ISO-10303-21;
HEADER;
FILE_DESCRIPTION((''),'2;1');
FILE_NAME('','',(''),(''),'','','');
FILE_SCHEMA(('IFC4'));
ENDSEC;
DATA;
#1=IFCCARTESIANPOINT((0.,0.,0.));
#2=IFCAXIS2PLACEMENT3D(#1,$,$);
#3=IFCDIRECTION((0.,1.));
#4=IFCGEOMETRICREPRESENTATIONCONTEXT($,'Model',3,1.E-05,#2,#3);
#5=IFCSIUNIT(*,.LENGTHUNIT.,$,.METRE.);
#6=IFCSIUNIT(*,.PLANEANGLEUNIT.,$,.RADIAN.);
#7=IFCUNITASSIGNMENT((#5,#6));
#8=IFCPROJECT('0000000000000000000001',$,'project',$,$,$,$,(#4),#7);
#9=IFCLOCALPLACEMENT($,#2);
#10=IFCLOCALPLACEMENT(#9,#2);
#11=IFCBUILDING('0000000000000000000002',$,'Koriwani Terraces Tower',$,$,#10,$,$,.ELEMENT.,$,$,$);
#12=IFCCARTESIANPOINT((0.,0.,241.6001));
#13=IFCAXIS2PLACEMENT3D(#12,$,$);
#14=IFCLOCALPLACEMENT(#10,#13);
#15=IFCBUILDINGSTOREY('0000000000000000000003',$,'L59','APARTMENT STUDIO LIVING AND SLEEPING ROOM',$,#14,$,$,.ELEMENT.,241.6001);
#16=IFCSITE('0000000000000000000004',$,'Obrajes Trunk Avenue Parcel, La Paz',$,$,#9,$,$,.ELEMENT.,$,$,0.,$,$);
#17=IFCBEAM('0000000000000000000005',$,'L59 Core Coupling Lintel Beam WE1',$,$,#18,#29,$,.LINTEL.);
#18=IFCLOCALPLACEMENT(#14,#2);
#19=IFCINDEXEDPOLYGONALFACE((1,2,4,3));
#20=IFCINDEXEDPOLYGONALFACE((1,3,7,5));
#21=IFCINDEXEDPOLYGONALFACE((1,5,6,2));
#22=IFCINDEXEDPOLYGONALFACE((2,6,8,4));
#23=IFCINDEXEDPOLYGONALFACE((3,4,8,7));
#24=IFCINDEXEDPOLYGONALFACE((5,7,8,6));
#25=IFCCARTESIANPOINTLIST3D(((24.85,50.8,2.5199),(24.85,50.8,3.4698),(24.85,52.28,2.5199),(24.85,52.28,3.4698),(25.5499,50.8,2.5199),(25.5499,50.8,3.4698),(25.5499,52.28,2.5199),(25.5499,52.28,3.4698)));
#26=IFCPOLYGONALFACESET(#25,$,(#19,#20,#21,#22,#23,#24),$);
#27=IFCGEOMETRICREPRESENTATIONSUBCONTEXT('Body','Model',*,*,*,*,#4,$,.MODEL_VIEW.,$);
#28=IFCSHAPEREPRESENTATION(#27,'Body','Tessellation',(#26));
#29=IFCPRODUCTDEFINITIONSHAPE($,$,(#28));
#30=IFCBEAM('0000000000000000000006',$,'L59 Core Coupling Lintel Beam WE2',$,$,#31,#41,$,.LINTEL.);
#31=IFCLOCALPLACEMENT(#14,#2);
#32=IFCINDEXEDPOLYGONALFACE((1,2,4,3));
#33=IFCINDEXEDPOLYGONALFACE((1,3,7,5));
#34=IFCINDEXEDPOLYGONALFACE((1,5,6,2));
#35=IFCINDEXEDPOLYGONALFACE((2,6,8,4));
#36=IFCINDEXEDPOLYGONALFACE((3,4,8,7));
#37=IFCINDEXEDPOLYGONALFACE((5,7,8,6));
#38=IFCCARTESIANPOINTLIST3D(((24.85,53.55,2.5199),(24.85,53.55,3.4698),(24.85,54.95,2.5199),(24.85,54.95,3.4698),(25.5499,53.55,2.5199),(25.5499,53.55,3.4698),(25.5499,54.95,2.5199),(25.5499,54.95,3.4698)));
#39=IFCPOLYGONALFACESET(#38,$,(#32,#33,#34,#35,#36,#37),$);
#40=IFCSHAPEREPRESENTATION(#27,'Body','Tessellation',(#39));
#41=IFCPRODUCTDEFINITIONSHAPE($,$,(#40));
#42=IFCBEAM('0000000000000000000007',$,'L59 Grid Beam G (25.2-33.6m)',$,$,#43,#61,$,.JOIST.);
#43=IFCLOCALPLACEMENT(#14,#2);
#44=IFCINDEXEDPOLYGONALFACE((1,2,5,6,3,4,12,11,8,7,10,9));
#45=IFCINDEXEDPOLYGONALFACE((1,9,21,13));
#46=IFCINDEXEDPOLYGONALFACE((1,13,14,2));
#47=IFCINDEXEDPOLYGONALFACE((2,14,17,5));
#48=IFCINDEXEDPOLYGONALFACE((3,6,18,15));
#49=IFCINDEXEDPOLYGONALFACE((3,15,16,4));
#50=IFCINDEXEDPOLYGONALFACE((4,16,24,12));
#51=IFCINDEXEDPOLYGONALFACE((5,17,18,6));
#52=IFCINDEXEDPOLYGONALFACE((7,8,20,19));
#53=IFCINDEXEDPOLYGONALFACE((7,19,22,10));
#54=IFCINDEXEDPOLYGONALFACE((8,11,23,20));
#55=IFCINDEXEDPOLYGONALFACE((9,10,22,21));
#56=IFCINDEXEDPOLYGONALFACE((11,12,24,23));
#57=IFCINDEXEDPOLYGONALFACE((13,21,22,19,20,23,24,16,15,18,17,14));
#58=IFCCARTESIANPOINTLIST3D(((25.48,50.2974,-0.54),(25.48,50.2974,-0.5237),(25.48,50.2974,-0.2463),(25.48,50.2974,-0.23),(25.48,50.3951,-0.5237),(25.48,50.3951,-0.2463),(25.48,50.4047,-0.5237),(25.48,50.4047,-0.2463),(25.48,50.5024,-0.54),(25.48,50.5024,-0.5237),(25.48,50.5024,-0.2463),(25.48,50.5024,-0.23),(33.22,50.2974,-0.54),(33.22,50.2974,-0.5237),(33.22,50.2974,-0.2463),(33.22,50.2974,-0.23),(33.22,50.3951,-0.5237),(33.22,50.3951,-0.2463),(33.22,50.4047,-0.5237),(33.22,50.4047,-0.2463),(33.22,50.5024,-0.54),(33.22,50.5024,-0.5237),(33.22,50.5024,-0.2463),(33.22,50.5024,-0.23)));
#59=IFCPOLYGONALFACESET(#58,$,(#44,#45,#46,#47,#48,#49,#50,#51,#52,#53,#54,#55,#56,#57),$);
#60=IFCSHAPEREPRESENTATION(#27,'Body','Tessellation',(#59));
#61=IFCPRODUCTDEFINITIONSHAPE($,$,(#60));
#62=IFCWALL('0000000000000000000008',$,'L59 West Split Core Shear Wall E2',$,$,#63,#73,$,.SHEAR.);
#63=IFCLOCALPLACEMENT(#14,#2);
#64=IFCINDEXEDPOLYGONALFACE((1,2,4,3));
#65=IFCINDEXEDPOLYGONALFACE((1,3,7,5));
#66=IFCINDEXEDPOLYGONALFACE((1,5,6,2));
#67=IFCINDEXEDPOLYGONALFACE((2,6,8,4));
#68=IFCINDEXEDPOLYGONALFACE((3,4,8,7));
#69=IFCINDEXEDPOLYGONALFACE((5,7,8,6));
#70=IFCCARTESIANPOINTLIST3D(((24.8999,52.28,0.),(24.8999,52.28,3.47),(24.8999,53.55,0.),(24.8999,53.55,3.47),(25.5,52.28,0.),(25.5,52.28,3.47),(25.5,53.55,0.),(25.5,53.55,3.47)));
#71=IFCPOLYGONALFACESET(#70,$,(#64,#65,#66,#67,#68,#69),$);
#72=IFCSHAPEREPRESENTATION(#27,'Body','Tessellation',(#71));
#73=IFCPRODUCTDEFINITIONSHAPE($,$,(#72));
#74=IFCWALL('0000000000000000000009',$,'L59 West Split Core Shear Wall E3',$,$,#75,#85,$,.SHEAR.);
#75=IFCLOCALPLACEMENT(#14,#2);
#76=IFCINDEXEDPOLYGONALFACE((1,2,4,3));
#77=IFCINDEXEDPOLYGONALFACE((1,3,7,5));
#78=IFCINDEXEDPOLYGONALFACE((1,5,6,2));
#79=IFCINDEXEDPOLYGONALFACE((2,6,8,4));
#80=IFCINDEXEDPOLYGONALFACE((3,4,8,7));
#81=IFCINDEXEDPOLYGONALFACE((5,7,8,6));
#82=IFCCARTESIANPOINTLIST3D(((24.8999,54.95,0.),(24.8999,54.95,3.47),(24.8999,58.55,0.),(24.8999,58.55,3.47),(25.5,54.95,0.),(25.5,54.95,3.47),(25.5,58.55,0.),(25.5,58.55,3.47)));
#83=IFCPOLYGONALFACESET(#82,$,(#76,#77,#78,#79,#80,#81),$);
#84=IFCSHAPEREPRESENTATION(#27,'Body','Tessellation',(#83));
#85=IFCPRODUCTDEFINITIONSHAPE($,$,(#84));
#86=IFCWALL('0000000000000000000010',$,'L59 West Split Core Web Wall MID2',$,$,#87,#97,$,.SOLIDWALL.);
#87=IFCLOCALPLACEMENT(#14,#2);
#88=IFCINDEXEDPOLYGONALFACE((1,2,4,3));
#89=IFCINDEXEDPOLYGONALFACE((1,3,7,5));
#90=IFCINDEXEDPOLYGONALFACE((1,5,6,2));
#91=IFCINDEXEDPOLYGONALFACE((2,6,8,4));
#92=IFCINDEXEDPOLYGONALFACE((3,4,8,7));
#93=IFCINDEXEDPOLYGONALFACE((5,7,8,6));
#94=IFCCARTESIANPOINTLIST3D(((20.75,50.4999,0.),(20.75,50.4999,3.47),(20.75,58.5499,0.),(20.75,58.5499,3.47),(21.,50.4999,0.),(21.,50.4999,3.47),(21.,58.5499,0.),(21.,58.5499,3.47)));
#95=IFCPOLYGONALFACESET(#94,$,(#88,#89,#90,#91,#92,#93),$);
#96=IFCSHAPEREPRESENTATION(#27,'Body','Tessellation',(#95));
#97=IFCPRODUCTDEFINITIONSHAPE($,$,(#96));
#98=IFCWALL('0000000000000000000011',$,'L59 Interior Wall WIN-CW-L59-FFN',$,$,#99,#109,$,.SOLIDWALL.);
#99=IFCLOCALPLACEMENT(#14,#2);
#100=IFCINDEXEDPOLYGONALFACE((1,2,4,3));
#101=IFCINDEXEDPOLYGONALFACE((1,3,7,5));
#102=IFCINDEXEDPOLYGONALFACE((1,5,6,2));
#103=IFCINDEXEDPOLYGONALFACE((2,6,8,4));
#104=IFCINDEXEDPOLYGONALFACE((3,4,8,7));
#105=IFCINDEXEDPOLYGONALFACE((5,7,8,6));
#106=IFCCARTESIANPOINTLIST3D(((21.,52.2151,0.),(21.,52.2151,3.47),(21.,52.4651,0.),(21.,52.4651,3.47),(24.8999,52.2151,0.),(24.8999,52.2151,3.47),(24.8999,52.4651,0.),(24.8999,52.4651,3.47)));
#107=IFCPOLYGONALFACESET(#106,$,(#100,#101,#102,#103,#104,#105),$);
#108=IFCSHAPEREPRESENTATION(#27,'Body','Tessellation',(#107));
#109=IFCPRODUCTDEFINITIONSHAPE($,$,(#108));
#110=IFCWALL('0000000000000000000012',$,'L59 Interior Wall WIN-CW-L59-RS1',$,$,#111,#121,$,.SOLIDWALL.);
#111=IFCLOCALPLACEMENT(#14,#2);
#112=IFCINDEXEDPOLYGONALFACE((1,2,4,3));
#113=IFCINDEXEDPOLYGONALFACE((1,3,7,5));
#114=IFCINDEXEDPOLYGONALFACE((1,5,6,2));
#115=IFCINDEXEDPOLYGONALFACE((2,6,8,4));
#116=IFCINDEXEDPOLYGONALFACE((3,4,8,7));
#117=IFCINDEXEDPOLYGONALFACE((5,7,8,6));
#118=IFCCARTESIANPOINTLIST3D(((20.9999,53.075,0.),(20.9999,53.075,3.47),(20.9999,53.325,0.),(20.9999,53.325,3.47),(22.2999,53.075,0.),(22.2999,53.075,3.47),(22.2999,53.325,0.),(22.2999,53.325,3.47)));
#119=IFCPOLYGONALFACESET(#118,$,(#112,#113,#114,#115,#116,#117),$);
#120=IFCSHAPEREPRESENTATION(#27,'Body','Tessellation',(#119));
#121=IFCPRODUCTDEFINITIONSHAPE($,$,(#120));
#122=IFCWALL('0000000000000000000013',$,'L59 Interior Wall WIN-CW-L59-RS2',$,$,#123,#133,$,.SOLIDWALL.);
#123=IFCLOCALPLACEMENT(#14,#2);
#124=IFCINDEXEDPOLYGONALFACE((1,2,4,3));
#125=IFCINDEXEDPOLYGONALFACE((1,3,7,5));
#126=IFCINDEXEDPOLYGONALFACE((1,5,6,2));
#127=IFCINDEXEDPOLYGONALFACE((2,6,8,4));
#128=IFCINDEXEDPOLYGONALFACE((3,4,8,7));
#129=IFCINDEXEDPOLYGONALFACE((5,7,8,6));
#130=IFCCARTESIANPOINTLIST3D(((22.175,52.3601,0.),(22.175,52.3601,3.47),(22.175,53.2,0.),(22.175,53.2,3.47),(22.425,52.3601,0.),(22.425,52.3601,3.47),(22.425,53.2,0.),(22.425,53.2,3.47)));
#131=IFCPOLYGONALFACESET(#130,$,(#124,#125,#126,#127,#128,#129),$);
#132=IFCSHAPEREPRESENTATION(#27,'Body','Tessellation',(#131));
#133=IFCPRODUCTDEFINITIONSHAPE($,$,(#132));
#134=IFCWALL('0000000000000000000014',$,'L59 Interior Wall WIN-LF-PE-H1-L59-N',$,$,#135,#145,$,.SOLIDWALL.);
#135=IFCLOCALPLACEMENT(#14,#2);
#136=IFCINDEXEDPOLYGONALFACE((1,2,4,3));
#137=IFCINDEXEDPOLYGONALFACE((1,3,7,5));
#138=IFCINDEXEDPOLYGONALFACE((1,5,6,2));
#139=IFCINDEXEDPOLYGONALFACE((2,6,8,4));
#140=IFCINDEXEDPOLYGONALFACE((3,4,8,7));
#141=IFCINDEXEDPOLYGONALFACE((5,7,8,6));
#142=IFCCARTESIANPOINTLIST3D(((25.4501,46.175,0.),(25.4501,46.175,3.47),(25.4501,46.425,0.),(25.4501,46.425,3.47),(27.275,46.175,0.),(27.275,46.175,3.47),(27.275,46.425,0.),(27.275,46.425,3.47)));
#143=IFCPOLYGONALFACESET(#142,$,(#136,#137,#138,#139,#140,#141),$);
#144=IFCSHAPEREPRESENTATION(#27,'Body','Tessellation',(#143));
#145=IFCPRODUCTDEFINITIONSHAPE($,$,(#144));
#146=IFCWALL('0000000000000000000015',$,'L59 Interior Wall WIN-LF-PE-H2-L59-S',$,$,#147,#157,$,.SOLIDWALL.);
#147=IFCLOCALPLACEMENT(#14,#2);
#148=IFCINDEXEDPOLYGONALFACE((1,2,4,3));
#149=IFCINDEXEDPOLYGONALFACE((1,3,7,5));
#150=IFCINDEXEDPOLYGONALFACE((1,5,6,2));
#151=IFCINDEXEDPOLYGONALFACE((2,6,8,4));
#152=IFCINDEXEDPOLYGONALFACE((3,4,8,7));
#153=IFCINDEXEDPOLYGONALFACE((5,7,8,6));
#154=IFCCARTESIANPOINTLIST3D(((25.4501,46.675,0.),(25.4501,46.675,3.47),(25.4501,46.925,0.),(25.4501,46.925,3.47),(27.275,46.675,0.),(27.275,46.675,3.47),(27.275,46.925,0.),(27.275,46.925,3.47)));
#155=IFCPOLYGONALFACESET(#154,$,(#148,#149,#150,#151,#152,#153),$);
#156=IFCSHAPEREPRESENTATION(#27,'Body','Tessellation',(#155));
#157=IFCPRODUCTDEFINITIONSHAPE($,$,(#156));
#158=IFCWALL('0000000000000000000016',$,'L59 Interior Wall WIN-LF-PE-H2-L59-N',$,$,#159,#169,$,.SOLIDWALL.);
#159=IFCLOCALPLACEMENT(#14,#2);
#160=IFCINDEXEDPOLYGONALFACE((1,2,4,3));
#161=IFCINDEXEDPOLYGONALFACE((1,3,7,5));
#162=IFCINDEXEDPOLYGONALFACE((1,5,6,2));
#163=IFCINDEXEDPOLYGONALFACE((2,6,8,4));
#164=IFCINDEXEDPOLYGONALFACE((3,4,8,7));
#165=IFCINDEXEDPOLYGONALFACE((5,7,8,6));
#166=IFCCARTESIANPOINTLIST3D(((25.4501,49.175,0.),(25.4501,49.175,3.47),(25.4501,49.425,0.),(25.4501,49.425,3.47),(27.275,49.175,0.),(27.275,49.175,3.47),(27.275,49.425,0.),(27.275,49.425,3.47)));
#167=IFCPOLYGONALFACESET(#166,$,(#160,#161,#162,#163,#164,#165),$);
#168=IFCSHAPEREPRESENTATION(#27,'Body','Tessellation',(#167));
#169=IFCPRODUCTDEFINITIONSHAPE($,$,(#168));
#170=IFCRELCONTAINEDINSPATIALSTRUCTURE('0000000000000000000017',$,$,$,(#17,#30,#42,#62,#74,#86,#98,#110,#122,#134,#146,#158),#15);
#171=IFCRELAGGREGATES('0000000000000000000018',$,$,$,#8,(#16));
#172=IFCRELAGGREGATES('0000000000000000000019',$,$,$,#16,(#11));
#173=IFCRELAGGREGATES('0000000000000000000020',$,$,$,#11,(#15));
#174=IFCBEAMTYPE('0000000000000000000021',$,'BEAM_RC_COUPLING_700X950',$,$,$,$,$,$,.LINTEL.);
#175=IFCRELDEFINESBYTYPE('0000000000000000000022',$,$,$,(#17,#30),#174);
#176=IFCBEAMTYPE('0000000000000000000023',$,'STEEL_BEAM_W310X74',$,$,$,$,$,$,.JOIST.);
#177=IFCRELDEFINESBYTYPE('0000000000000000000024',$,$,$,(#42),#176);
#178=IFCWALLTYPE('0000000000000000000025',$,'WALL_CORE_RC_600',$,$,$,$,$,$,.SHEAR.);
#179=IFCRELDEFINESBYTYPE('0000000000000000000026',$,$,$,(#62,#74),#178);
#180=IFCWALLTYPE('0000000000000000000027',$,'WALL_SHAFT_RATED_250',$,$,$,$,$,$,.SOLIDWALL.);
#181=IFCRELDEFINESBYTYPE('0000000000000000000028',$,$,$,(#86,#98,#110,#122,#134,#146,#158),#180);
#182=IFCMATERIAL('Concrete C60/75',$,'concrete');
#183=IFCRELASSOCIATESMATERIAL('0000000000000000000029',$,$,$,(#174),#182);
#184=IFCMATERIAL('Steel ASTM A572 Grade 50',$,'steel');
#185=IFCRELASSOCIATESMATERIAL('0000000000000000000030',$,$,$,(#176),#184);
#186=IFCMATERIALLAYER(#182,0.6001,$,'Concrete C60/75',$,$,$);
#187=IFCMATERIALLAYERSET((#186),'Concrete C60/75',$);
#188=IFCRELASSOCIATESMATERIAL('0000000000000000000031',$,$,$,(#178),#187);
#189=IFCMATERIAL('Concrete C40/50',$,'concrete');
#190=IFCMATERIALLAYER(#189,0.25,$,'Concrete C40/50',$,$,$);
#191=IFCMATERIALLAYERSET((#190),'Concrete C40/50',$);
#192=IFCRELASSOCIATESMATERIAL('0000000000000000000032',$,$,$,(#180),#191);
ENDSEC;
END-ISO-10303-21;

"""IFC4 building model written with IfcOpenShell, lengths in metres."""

from ifc_helpers import new_model, si_unit, direction, frame, frame_2d, origin, origin_2d, place, context, subcontext, project, spatial, rectangle, i_section, extrude, material, layer, layer_set, material_profile, profile_set, type_object, element, save


model = new_model("IFC4")

# Units and contexts
model_context = context("Model", 3, precision=1e-05, world=origin(), true_north=direction((0.0, 1.0)))
body_context = subcontext(model_context, "Body", "Model", "MODEL_VIEW")
ifc_project = project(units=[si_unit("LENGTHUNIT", "METRE"), si_unit("PLANEANGLEUNIT", "RADIAN")], contexts=[model_context])

# Site, building, storey
site_placement = place(None, origin())
site = spatial("IfcSite", under=ifc_project, at=site_placement, Name="Obrajes Trunk Avenue Parcel, La Paz", CompositionType="ELEMENT", RefElevation=0.0)
building_placement = place(site_placement, origin())
building = spatial("IfcBuilding", under=site, at=building_placement, Name="Koriwani Terraces Tower", CompositionType="ELEMENT")
storey_placement = place(building_placement, frame((0.0, 0.0, 241.6001)))
storey = spatial("IfcBuildingStorey", under=building, at=storey_placement, Name="L59", Description="APARTMENT STUDIO LIVING AND SLEEPING ROOM", CompositionType="ELEMENT", Elevation=241.6001)

# Beams
ifc_material_1 = material(Name="Concrete C60/75", Category="concrete")
ifc_material_profile_1 = material_profile(ifc_material_1, rectangle(XDim=0.7, YDim=0.95, at=origin_2d()), Name="Concrete C60/75", Category="LoadBearing")
ifc_profile_set_1 = profile_set([ifc_material_profile_1], Name="Concrete C60/75")
beam_type_1 = type_object("IfcBeamType", Name="BEAM_RC_COUPLING_700X950", PredefinedType="LINTEL", material=ifc_profile_set_1)
beam_1_placement = place(storey_placement, frame((25.2, 50.8, 2.9949), z_axis=(0.0, 1.0, 0.0), x_axis=(-1.0, 0.0, 0.0)))
element("IfcBeam", 1, at=beam_1_placement, inside=storey, type_object=beam_type_1, Name="L59 Core Coupling Lintel Beam WE1", PredefinedType="LINTEL", context=body_context, shape_type="SweptSolid", body=[
    extrude(rectangle(XDim=0.7, YDim=0.95, at=origin_2d()), origin(), (0.0, 0.0, 1.0), 1.48),
])
beam_2_placement = place(storey_placement, frame((25.2, 53.55, 2.9949), z_axis=(0.0, 1.0, 0.0), x_axis=(-1.0, 0.0, 0.0)))
element("IfcBeam", 2, at=beam_2_placement, inside=storey, type_object=beam_type_1, Name="L59 Core Coupling Lintel Beam WE2", PredefinedType="LINTEL", context=body_context, shape_type="SweptSolid", body=[
    extrude(rectangle(XDim=0.7, YDim=0.95, at=origin_2d()), origin(), (0.0, 0.0, 1.0), 1.3999),
])
ifc_material_2 = material(Name="Steel ASTM A572 Grade 50", Category="steel")
ifc_material_profile_2 = material_profile(ifc_material_2, i_section(OverallWidth=0.2051, OverallDepth=0.3101, WebThickness=0.0095, FlangeThickness=0.0164, at=origin_2d()), Name="Steel ASTM A572 Grade 50", Category="LoadBearing")
ifc_profile_set_2 = profile_set([ifc_material_profile_2], Name="Steel ASTM A572 Grade 50")
beam_type_2 = type_object("IfcBeamType", Name="STEEL_BEAM_W310X74", PredefinedType="JOIST", material=ifc_profile_set_2)
beam_3_placement = place(storey_placement, frame((25.48, 50.3999, -0.385), z_axis=(1.0, 0.0, 0.0), x_axis=(0.0, 1.0, 0.0)))
element("IfcBeam", 3, at=beam_3_placement, inside=storey, type_object=beam_type_2, Name="L59 Grid Beam G (25.2-33.6m)", PredefinedType="JOIST", context=body_context, shape_type="SweptSolid", body=[
    extrude(i_section(OverallWidth=0.2051, OverallDepth=0.3101, WebThickness=0.0095, FlangeThickness=0.0164, at=origin_2d()), origin(), (0.0, 0.0, 1.0), 7.74),
])

# Walls
ifc_layer_1 = layer(ifc_material_1, 0.6001, Name="Concrete C60/75")
ifc_layer_set_1 = layer_set([ifc_layer_1], Name="Concrete C60/75")
wall_type_1 = type_object("IfcWallType", Name="WALL_CORE_RC_600", PredefinedType="SHEAR", material=ifc_layer_set_1)
wall_1_placement = place(storey_placement, frame((25.2, 52.28, 0.0), z_axis=(0.0, 0.0, 1.0), x_axis=(0.0, 1.0, 0.0)))
element("IfcWall", 4, at=wall_1_placement, inside=storey, type_object=wall_type_1, Name="L59 West Split Core Shear Wall E2", PredefinedType="SHEAR", context=body_context, shape_type="SweptSolid", body=[
    extrude(rectangle(XDim=1.27, YDim=0.6001, at=frame_2d((0.635, 0.0))), origin(), (0.0, 0.0, 1.0), 3.47),
])
wall_2_placement = place(storey_placement, frame((25.2, 54.95, 0.0), z_axis=(0.0, 0.0, 1.0), x_axis=(0.0, 1.0, 0.0)))
element("IfcWall", 5, at=wall_2_placement, inside=storey, type_object=wall_type_1, Name="L59 West Split Core Shear Wall E3", PredefinedType="SHEAR", context=body_context, shape_type="SweptSolid", body=[
    extrude(rectangle(XDim=3.6001, YDim=0.6001, at=frame_2d((1.8, 0.0))), origin(), (0.0, 0.0, 1.0), 3.47),
])
ifc_material_3 = material(Name="Concrete C40/50", Category="concrete")
ifc_layer_2 = layer(ifc_material_3, 0.25, Name="Concrete C40/50")
ifc_layer_set_2 = layer_set([ifc_layer_2], Name="Concrete C40/50")
wall_type_2 = type_object("IfcWallType", Name="WALL_SHAFT_RATED_250", PredefinedType="SOLIDWALL", material=ifc_layer_set_2)
wall_3_placement = place(storey_placement, frame((20.875, 50.5, 0.0), z_axis=(0.0, 0.0, 1.0), x_axis=(0.0, 1.0, 0.0)))
element("IfcWall", 6, at=wall_3_placement, inside=storey, type_object=wall_type_2, Name="L59 West Split Core Web Wall MID2", PredefinedType="SOLIDWALL", context=body_context, shape_type="SweptSolid", body=[
    extrude(rectangle(XDim=8.05, YDim=0.25, at=frame_2d((4.0249, 0.0))), origin(), (0.0, 0.0, 1.0), 3.47),
])

# Wall
wall_4_placement = place(storey_placement, frame((21.0, 52.3401, 0.0), z_axis=(0.0, 0.0, 1.0), x_axis=(1.0, 0.0, 0.0)))
element("IfcWall", 7, at=wall_4_placement, inside=storey, type_object=wall_type_2, Name="L59 Interior Wall WIN-CW-L59-FFN", PredefinedType="SOLIDWALL", context=body_context, shape_type="SweptSolid", body=[
    extrude(rectangle(XDim=3.8999, YDim=0.25, at=frame_2d((1.95, 0.0))), origin(), (0.0, 0.0, 1.0), 3.47),
])

# Walls
wall_5_placement = place(storey_placement, frame((21.0, 53.2, 0.0), z_axis=(0.0, 0.0, 1.0), x_axis=(1.0, 0.0, 0.0)))
element("IfcWall", 8, at=wall_5_placement, inside=storey, type_object=wall_type_2, Name="L59 Interior Wall WIN-CW-L59-RS1", PredefinedType="SOLIDWALL", context=body_context, shape_type="SweptSolid", body=[
    extrude(rectangle(XDim=1.3, YDim=0.25, at=frame_2d((0.6499, 0.0))), origin(), (0.0, 0.0, 1.0), 3.47),
])
wall_6_placement = place(storey_placement, frame((22.3, 52.3601, 0.0), z_axis=(0.0, 0.0, 1.0), x_axis=(0.0, 1.0, 0.0)))
element("IfcWall", 9, at=wall_6_placement, inside=storey, type_object=wall_type_2, Name="L59 Interior Wall WIN-CW-L59-RS2", PredefinedType="SOLIDWALL", context=body_context, shape_type="SweptSolid", body=[
    extrude(rectangle(XDim=0.8398, YDim=0.25, at=frame_2d((0.4199, 0.0))), origin(), (0.0, 0.0, 1.0), 3.47),
])
for number, where, z_axis, x_axis, name in (
    (10, (25.45, 46.3, 0.0), (0.0, 0.0, 1.0), (1.0, 0.0, 0.0), "L59 Interior Wall WIN-LF-PE-H1-L59-N"),
    (11, (25.45, 46.8, 0.0), (0.0, 0.0, 1.0), (1.0, 0.0, 0.0), "L59 Interior Wall WIN-LF-PE-H2-L59-S"),
    (12, (25.45, 49.3, 0.0), (0.0, 0.0, 1.0), (1.0, 0.0, 0.0), "L59 Interior Wall WIN-LF-PE-H2-L59-N"),
):
    element("IfcWall", number, at=place(storey_placement, frame(where, z_axis=z_axis, x_axis=x_axis)), inside=storey, type_object=wall_type_2, Name=name, PredefinedType="SOLIDWALL", context=body_context, shape_type="SweptSolid", body=[
        extrude(rectangle(XDim=1.825, YDim=0.25, at=frame_2d((0.9126, 0.0))), origin(), (0.0, 0.0, 1.0), 3.47),
    ])

save(model, "model.ifc")
